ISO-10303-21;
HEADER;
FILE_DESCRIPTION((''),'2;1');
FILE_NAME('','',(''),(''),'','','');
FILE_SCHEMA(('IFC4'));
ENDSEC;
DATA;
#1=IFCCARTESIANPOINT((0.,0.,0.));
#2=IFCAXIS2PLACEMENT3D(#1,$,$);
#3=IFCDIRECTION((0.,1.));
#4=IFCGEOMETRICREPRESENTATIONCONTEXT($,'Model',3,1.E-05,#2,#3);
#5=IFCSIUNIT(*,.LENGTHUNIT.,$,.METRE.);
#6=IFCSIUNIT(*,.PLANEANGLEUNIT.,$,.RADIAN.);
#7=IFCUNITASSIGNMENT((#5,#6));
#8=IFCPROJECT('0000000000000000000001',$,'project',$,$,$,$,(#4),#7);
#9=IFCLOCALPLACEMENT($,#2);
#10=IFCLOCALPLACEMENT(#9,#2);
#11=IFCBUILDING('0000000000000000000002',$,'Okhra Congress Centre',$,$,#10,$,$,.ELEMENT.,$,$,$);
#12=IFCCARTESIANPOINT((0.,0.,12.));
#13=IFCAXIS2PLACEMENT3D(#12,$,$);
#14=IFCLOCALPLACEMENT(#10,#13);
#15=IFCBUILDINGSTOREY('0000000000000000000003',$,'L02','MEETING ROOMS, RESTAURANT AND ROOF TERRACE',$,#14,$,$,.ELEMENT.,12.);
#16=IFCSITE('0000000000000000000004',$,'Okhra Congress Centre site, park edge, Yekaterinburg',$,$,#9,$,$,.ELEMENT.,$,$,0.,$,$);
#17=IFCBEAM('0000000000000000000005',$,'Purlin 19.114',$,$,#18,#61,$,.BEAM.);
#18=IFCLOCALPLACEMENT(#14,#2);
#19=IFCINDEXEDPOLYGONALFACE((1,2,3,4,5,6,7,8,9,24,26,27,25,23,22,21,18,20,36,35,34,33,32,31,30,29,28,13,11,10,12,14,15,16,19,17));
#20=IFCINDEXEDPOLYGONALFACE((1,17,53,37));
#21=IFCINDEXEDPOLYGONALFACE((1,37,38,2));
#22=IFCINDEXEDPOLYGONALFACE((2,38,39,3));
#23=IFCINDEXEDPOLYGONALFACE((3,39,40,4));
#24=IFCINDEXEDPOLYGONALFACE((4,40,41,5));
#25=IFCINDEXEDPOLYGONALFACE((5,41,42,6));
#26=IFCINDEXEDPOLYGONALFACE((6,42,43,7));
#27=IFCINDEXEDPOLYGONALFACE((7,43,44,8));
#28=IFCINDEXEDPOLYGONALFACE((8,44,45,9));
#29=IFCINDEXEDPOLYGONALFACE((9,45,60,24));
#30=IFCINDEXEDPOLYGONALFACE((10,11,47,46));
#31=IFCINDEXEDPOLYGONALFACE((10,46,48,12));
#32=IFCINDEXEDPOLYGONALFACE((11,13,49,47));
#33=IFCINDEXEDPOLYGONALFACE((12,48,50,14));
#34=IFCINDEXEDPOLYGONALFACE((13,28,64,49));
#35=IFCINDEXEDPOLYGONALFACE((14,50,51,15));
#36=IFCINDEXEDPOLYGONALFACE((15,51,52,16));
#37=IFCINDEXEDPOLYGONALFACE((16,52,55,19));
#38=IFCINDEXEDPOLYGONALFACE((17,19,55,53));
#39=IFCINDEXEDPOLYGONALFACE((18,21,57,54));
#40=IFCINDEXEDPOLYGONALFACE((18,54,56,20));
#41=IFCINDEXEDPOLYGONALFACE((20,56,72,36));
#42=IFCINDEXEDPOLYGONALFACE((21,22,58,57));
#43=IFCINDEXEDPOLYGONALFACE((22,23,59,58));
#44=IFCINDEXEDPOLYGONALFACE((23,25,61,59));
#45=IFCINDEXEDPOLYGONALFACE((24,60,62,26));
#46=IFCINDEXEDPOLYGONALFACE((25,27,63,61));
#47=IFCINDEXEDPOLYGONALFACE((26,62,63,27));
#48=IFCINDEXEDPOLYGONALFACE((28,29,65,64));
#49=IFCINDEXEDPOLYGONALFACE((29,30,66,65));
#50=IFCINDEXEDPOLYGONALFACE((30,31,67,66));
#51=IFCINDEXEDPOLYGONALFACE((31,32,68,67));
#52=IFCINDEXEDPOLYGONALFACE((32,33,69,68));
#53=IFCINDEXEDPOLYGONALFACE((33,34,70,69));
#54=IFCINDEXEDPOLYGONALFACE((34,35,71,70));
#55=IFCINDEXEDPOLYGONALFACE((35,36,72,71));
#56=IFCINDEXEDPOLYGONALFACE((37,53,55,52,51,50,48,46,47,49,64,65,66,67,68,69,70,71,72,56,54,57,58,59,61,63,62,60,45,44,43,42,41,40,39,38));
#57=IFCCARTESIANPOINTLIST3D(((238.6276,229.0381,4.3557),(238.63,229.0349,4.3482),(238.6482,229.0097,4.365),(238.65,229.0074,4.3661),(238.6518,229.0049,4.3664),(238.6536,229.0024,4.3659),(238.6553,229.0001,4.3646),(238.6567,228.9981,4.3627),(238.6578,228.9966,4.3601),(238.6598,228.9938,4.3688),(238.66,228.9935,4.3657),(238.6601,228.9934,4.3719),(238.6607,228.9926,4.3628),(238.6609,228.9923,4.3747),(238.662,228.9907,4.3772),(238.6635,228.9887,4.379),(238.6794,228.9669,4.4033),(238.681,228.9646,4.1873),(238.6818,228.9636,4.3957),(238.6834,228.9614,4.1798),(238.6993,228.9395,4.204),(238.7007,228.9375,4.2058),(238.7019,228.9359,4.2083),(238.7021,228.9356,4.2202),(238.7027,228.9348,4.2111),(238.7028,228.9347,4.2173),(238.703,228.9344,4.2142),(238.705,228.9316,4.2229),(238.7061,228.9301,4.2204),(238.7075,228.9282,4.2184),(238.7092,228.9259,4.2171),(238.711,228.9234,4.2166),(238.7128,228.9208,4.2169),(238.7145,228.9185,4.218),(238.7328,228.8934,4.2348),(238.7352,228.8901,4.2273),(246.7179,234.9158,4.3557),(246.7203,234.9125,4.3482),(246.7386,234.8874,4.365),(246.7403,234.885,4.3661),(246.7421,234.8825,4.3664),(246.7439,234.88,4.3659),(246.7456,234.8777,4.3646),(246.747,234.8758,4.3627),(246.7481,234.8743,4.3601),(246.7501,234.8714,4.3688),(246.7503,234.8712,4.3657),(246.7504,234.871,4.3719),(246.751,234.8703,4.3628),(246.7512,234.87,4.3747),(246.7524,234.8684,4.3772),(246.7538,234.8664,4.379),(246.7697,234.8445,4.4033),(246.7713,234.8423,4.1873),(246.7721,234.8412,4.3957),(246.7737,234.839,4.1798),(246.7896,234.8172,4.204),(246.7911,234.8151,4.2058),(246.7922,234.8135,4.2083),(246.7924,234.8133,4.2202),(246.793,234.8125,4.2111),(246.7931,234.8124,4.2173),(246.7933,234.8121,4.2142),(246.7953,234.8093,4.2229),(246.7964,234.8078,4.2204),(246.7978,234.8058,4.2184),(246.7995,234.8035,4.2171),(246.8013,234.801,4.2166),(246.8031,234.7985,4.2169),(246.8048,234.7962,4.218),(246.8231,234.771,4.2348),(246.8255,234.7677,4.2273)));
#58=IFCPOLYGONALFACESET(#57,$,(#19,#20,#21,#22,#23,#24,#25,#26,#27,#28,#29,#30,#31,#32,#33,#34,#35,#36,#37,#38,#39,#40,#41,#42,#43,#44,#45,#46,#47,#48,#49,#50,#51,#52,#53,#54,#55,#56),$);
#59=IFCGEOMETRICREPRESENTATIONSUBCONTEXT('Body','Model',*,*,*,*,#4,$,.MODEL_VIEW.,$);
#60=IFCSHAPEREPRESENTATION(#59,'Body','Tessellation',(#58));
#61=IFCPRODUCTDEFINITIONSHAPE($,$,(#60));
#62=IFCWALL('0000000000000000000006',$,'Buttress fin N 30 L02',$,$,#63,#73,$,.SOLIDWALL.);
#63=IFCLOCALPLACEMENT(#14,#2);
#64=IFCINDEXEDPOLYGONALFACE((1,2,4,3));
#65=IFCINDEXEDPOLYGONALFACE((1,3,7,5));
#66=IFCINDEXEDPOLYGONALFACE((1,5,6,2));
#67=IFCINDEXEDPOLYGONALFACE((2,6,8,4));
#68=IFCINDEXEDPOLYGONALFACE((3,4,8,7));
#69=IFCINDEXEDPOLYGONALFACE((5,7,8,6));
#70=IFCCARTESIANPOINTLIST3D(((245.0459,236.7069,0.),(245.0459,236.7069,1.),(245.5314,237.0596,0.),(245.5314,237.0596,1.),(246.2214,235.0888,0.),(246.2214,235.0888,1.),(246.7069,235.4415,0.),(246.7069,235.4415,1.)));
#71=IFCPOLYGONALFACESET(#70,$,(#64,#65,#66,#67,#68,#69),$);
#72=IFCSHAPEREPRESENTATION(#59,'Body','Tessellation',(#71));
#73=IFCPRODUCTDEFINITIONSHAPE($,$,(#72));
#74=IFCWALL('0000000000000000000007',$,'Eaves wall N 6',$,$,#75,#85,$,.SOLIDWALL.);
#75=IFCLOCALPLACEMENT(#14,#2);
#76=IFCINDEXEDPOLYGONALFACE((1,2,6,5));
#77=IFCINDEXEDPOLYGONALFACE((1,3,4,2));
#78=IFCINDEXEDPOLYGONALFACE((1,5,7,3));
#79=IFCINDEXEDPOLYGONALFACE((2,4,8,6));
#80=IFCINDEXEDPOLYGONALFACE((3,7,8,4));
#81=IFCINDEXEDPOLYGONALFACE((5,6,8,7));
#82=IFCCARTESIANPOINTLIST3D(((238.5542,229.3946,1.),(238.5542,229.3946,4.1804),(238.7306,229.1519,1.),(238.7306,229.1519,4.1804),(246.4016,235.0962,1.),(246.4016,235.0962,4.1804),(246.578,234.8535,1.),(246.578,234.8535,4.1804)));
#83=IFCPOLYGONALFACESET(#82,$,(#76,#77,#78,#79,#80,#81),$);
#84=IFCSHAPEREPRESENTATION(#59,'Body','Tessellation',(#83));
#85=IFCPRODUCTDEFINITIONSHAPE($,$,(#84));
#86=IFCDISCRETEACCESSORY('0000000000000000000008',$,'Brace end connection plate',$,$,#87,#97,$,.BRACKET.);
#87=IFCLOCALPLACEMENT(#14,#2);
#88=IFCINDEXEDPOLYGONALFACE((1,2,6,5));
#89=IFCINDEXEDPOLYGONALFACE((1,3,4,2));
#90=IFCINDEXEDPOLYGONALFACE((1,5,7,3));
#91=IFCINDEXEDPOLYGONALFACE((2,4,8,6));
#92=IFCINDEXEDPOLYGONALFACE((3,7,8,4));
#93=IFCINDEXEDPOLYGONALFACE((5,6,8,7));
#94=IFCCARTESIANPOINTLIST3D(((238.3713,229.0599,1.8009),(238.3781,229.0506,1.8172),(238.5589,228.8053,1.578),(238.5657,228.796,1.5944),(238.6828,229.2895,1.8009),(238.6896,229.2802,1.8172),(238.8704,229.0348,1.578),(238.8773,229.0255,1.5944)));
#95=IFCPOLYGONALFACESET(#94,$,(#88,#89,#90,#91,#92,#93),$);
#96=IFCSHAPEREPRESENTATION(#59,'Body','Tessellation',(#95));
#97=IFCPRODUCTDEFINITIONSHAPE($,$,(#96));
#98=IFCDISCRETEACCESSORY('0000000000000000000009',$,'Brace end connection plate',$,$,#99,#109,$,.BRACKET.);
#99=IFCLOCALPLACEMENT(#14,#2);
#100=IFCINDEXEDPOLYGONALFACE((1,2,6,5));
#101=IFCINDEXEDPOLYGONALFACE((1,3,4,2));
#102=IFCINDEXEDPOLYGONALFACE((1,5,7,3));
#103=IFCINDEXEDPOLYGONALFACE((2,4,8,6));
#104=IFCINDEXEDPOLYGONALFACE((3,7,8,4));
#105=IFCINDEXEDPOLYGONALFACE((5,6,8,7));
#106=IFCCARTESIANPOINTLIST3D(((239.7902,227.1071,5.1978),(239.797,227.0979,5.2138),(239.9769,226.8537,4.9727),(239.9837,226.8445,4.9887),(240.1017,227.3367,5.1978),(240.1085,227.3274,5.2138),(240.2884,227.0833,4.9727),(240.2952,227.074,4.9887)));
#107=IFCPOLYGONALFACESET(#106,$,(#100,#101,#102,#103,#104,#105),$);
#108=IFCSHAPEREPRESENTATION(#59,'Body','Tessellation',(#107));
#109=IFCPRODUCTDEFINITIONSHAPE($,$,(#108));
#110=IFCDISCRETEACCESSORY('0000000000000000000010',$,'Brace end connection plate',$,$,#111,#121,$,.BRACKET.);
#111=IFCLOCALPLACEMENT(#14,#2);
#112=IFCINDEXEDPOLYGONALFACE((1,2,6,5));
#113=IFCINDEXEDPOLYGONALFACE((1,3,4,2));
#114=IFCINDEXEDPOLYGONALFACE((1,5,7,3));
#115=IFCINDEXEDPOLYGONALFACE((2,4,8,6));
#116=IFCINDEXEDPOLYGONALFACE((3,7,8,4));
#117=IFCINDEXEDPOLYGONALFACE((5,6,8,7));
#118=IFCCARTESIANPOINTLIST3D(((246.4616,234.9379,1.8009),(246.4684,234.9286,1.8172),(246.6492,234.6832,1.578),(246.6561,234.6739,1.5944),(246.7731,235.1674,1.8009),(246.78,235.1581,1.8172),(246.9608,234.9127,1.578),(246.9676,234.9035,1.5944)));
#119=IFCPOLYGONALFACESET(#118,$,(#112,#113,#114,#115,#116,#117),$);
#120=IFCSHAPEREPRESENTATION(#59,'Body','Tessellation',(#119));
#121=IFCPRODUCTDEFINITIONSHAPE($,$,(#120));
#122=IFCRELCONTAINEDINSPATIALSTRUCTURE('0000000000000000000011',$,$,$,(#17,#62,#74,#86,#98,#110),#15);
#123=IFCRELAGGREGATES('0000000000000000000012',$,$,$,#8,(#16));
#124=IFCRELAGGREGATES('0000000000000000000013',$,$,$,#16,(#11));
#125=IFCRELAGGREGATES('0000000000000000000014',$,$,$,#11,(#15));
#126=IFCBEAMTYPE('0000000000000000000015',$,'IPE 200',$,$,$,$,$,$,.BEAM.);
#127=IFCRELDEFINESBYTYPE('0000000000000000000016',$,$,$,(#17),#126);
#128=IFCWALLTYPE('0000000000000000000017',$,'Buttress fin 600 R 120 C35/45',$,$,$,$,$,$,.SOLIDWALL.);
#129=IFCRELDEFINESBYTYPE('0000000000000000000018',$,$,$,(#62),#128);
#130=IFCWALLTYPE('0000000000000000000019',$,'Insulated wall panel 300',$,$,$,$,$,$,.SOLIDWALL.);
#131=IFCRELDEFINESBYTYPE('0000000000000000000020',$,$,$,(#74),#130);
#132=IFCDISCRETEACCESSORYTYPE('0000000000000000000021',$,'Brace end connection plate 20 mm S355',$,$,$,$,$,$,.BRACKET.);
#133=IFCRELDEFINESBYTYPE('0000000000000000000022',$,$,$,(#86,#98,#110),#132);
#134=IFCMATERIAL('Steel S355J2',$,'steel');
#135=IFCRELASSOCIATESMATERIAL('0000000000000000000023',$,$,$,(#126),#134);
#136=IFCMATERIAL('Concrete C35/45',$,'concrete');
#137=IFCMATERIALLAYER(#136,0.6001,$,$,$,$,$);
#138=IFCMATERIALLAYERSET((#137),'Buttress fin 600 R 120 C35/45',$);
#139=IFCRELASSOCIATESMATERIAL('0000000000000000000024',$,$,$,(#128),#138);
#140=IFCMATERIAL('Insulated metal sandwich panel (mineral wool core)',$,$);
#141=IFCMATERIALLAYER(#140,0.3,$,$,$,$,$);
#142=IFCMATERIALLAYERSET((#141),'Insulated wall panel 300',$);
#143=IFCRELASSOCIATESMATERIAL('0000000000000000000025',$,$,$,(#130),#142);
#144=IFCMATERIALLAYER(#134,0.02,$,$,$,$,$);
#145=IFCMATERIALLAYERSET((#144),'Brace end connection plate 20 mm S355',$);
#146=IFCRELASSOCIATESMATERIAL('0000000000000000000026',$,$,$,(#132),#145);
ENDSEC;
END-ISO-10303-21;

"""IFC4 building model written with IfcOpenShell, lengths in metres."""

from ifc_helpers import new_model, si_unit, direction, frame, frame_2d, origin, origin_2d, place, context, subcontext, project, spatial, rectangle, i_section, extrude, material, layer, layer_set, material_profile, profile_set, type_object, element, save


model = new_model("IFC4")

# Units and contexts
model_context = context("Model", 3, precision=1e-05, world=origin(), true_north=direction((0.0, 1.0)))
body_context = subcontext(model_context, "Body", "Model", "MODEL_VIEW")
ifc_project = project(units=[si_unit("LENGTHUNIT", "METRE"), si_unit("PLANEANGLEUNIT", "RADIAN")], contexts=[model_context])

# Site, building, storey
site_placement = place(None, origin())
site = spatial("IfcSite", under=ifc_project, at=site_placement, Name="Okhra Congress Centre site, park edge, Yekaterinburg", CompositionType="ELEMENT", RefElevation=0.0)
building_placement = place(site_placement, origin())
building = spatial("IfcBuilding", under=site, at=building_placement, Name="Okhra Congress Centre", CompositionType="ELEMENT")
storey_placement = place(building_placement, frame((0.0, 0.0, 12.0)))
storey = spatial("IfcBuildingStorey", under=building, at=storey_placement, Name="L02", Description="MEETING ROOMS, RESTAURANT AND ROOF TERRACE", CompositionType="ELEMENT", Elevation=12.0)

# Beam
ifc_material_1 = material(Name="Steel S355J2", Category="steel")
ifc_material_profile_1 = material_profile(ifc_material_1, i_section(OverallWidth=0.1001, OverallDepth=0.2, WebThickness=0.0056, FlangeThickness=0.0085, FilletRadius=0.012, at=origin_2d()), Name="IPE 200")
ifc_profile_set_1 = profile_set([ifc_material_profile_1], Name="Steel S355J2")
beam_type = type_object("IfcBeamType", Name="IPE 200", PredefinedType="BEAM", material=ifc_profile_set_1)
beam_placement = place(storey_placement, frame((238.6814, 228.9641, 4.2915), z_axis=(0.809031, 0.587767, 0.0), x_axis=(-0.517353, 0.71211, -0.4746)))
element("IfcBeam", 1, at=beam_placement, inside=storey, type_object=beam_type, Name="Purlin 19.114", PredefinedType="BEAM", context=body_context, shape_type="SweptSolid", body=[
    extrude(i_section(OverallWidth=0.1001, OverallDepth=0.2, WebThickness=0.0056, FlangeThickness=0.0085, FilletRadius=0.012, at=origin_2d()), origin(), (0.0, 0.0, 1.0), 10.0),
])

# Walls
ifc_material_2 = material(Name="Concrete C35/45", Category="concrete")
ifc_layer_1 = layer(ifc_material_2, 0.6001)
ifc_layer_set_1 = layer_set([ifc_layer_1], Name="Buttress fin 600 R 120 C35/45")
wall_type_1 = type_object("IfcWallType", Name="Buttress fin 600 R 120 C35/45", PredefinedType="SOLIDWALL", material=ifc_layer_set_1)
wall_1_placement = place(storey_placement, frame((246.4641, 235.2651, 0.0), z_axis=(0.0, 0.0, 1.0), x_axis=(-0.587743, 0.809047, 0.0)))
element("IfcWall", 2, at=wall_1_placement, inside=storey, type_object=wall_type_1, Name="Buttress fin N 30 L02", PredefinedType="SOLIDWALL", context=body_context, shape_type="SweptSolid", body=[
    extrude(rectangle(XDim=2.0, YDim=0.6001, at=frame_2d((1.0, 0.0))), origin(), (0.0, 0.0, 1.0), 1.0),
])
ifc_material_3 = material(Name="Insulated metal sandwich panel (mineral wool core)")
ifc_layer_2 = layer(ifc_material_3, 0.3)
ifc_layer_set_2 = layer_set([ifc_layer_2], Name="Insulated wall panel 300")
wall_type_2 = type_object("IfcWallType", Name="Insulated wall panel 300", PredefinedType="SOLIDWALL", material=ifc_layer_set_2)
wall_2_placement = place(storey_placement, frame((238.6423, 229.2732, 1.0), z_axis=(0.0, 0.0, 1.0), x_axis=(0.809008, 0.587798, 0.0)))
element("IfcWall", 3, at=wall_2_placement, inside=storey, type_object=wall_type_2, Name="Eaves wall N 6", PredefinedType="SOLIDWALL", context=body_context, shape_type="SweptSolid", body=[
    extrude(rectangle(XDim=9.7, YDim=0.3, at=frame_2d((4.8501, 0.0))), origin(), (0.0, 0.0, 1.0), 3.1804),
])

# Discrete accessories
ifc_layer_3 = layer(ifc_material_1, 0.02)
ifc_layer_set_3 = layer_set([ifc_layer_3], Name="Brace end connection plate 20 mm S355")
discrete_accessory_type = type_object("IfcDiscreteAccessoryType", Name="Brace end connection plate 20 mm S355", PredefinedType="BRACKET", material=ifc_layer_set_3)
discrete_accessory_1_placement = place(storey_placement, frame((238.6277, 229.0381, 1.7058), z_axis=(-0.341641, 0.463656, -0.817499), x_axis=(-0.805056, -0.593199, 0.0)))
element("IfcDiscreteAccessory", 4, at=discrete_accessory_1_placement, inside=storey, type_object=discrete_accessory_type, Name="Brace end connection plate", PredefinedType="BRACKET", context=body_context, shape_type="SweptSolid", body=[
    extrude(rectangle(XDim=0.387, YDim=0.387, at=origin_2d()), origin(), (0.0, 0.0, 1.0), 0.02),
])
discrete_accessory_2_placement = place(storey_placement, frame((240.0393, 227.0952, 5.0852), z_axis=(0.345075, -0.468316, 0.81339), x_axis=(0.805056, 0.593199, 0.0)))
element("IfcDiscreteAccessory", 5, at=discrete_accessory_2_placement, inside=storey, type_object=discrete_accessory_type, Name="Brace end connection plate", PredefinedType="BRACKET", context=body_context, shape_type="SweptSolid", body=[
    extrude(rectangle(XDim=0.387, YDim=0.387, at=origin_2d()), origin(), (0.0, 0.0, 1.0), 0.0198),
])
discrete_accessory_3_placement = place(storey_placement, frame((246.718, 234.916, 1.7058), z_axis=(-0.341641, 0.463656, -0.817499), x_axis=(-0.805056, -0.593199, 0.0)))
element("IfcDiscreteAccessory", 6, at=discrete_accessory_3_placement, inside=storey, type_object=discrete_accessory_type, Name="Brace end connection plate", PredefinedType="BRACKET", context=body_context, shape_type="SweptSolid", body=[
    extrude(rectangle(XDim=0.387, YDim=0.387, at=origin_2d()), origin(), (0.0, 0.0, 1.0), 0.02),
])

save(model, "model.ifc")
